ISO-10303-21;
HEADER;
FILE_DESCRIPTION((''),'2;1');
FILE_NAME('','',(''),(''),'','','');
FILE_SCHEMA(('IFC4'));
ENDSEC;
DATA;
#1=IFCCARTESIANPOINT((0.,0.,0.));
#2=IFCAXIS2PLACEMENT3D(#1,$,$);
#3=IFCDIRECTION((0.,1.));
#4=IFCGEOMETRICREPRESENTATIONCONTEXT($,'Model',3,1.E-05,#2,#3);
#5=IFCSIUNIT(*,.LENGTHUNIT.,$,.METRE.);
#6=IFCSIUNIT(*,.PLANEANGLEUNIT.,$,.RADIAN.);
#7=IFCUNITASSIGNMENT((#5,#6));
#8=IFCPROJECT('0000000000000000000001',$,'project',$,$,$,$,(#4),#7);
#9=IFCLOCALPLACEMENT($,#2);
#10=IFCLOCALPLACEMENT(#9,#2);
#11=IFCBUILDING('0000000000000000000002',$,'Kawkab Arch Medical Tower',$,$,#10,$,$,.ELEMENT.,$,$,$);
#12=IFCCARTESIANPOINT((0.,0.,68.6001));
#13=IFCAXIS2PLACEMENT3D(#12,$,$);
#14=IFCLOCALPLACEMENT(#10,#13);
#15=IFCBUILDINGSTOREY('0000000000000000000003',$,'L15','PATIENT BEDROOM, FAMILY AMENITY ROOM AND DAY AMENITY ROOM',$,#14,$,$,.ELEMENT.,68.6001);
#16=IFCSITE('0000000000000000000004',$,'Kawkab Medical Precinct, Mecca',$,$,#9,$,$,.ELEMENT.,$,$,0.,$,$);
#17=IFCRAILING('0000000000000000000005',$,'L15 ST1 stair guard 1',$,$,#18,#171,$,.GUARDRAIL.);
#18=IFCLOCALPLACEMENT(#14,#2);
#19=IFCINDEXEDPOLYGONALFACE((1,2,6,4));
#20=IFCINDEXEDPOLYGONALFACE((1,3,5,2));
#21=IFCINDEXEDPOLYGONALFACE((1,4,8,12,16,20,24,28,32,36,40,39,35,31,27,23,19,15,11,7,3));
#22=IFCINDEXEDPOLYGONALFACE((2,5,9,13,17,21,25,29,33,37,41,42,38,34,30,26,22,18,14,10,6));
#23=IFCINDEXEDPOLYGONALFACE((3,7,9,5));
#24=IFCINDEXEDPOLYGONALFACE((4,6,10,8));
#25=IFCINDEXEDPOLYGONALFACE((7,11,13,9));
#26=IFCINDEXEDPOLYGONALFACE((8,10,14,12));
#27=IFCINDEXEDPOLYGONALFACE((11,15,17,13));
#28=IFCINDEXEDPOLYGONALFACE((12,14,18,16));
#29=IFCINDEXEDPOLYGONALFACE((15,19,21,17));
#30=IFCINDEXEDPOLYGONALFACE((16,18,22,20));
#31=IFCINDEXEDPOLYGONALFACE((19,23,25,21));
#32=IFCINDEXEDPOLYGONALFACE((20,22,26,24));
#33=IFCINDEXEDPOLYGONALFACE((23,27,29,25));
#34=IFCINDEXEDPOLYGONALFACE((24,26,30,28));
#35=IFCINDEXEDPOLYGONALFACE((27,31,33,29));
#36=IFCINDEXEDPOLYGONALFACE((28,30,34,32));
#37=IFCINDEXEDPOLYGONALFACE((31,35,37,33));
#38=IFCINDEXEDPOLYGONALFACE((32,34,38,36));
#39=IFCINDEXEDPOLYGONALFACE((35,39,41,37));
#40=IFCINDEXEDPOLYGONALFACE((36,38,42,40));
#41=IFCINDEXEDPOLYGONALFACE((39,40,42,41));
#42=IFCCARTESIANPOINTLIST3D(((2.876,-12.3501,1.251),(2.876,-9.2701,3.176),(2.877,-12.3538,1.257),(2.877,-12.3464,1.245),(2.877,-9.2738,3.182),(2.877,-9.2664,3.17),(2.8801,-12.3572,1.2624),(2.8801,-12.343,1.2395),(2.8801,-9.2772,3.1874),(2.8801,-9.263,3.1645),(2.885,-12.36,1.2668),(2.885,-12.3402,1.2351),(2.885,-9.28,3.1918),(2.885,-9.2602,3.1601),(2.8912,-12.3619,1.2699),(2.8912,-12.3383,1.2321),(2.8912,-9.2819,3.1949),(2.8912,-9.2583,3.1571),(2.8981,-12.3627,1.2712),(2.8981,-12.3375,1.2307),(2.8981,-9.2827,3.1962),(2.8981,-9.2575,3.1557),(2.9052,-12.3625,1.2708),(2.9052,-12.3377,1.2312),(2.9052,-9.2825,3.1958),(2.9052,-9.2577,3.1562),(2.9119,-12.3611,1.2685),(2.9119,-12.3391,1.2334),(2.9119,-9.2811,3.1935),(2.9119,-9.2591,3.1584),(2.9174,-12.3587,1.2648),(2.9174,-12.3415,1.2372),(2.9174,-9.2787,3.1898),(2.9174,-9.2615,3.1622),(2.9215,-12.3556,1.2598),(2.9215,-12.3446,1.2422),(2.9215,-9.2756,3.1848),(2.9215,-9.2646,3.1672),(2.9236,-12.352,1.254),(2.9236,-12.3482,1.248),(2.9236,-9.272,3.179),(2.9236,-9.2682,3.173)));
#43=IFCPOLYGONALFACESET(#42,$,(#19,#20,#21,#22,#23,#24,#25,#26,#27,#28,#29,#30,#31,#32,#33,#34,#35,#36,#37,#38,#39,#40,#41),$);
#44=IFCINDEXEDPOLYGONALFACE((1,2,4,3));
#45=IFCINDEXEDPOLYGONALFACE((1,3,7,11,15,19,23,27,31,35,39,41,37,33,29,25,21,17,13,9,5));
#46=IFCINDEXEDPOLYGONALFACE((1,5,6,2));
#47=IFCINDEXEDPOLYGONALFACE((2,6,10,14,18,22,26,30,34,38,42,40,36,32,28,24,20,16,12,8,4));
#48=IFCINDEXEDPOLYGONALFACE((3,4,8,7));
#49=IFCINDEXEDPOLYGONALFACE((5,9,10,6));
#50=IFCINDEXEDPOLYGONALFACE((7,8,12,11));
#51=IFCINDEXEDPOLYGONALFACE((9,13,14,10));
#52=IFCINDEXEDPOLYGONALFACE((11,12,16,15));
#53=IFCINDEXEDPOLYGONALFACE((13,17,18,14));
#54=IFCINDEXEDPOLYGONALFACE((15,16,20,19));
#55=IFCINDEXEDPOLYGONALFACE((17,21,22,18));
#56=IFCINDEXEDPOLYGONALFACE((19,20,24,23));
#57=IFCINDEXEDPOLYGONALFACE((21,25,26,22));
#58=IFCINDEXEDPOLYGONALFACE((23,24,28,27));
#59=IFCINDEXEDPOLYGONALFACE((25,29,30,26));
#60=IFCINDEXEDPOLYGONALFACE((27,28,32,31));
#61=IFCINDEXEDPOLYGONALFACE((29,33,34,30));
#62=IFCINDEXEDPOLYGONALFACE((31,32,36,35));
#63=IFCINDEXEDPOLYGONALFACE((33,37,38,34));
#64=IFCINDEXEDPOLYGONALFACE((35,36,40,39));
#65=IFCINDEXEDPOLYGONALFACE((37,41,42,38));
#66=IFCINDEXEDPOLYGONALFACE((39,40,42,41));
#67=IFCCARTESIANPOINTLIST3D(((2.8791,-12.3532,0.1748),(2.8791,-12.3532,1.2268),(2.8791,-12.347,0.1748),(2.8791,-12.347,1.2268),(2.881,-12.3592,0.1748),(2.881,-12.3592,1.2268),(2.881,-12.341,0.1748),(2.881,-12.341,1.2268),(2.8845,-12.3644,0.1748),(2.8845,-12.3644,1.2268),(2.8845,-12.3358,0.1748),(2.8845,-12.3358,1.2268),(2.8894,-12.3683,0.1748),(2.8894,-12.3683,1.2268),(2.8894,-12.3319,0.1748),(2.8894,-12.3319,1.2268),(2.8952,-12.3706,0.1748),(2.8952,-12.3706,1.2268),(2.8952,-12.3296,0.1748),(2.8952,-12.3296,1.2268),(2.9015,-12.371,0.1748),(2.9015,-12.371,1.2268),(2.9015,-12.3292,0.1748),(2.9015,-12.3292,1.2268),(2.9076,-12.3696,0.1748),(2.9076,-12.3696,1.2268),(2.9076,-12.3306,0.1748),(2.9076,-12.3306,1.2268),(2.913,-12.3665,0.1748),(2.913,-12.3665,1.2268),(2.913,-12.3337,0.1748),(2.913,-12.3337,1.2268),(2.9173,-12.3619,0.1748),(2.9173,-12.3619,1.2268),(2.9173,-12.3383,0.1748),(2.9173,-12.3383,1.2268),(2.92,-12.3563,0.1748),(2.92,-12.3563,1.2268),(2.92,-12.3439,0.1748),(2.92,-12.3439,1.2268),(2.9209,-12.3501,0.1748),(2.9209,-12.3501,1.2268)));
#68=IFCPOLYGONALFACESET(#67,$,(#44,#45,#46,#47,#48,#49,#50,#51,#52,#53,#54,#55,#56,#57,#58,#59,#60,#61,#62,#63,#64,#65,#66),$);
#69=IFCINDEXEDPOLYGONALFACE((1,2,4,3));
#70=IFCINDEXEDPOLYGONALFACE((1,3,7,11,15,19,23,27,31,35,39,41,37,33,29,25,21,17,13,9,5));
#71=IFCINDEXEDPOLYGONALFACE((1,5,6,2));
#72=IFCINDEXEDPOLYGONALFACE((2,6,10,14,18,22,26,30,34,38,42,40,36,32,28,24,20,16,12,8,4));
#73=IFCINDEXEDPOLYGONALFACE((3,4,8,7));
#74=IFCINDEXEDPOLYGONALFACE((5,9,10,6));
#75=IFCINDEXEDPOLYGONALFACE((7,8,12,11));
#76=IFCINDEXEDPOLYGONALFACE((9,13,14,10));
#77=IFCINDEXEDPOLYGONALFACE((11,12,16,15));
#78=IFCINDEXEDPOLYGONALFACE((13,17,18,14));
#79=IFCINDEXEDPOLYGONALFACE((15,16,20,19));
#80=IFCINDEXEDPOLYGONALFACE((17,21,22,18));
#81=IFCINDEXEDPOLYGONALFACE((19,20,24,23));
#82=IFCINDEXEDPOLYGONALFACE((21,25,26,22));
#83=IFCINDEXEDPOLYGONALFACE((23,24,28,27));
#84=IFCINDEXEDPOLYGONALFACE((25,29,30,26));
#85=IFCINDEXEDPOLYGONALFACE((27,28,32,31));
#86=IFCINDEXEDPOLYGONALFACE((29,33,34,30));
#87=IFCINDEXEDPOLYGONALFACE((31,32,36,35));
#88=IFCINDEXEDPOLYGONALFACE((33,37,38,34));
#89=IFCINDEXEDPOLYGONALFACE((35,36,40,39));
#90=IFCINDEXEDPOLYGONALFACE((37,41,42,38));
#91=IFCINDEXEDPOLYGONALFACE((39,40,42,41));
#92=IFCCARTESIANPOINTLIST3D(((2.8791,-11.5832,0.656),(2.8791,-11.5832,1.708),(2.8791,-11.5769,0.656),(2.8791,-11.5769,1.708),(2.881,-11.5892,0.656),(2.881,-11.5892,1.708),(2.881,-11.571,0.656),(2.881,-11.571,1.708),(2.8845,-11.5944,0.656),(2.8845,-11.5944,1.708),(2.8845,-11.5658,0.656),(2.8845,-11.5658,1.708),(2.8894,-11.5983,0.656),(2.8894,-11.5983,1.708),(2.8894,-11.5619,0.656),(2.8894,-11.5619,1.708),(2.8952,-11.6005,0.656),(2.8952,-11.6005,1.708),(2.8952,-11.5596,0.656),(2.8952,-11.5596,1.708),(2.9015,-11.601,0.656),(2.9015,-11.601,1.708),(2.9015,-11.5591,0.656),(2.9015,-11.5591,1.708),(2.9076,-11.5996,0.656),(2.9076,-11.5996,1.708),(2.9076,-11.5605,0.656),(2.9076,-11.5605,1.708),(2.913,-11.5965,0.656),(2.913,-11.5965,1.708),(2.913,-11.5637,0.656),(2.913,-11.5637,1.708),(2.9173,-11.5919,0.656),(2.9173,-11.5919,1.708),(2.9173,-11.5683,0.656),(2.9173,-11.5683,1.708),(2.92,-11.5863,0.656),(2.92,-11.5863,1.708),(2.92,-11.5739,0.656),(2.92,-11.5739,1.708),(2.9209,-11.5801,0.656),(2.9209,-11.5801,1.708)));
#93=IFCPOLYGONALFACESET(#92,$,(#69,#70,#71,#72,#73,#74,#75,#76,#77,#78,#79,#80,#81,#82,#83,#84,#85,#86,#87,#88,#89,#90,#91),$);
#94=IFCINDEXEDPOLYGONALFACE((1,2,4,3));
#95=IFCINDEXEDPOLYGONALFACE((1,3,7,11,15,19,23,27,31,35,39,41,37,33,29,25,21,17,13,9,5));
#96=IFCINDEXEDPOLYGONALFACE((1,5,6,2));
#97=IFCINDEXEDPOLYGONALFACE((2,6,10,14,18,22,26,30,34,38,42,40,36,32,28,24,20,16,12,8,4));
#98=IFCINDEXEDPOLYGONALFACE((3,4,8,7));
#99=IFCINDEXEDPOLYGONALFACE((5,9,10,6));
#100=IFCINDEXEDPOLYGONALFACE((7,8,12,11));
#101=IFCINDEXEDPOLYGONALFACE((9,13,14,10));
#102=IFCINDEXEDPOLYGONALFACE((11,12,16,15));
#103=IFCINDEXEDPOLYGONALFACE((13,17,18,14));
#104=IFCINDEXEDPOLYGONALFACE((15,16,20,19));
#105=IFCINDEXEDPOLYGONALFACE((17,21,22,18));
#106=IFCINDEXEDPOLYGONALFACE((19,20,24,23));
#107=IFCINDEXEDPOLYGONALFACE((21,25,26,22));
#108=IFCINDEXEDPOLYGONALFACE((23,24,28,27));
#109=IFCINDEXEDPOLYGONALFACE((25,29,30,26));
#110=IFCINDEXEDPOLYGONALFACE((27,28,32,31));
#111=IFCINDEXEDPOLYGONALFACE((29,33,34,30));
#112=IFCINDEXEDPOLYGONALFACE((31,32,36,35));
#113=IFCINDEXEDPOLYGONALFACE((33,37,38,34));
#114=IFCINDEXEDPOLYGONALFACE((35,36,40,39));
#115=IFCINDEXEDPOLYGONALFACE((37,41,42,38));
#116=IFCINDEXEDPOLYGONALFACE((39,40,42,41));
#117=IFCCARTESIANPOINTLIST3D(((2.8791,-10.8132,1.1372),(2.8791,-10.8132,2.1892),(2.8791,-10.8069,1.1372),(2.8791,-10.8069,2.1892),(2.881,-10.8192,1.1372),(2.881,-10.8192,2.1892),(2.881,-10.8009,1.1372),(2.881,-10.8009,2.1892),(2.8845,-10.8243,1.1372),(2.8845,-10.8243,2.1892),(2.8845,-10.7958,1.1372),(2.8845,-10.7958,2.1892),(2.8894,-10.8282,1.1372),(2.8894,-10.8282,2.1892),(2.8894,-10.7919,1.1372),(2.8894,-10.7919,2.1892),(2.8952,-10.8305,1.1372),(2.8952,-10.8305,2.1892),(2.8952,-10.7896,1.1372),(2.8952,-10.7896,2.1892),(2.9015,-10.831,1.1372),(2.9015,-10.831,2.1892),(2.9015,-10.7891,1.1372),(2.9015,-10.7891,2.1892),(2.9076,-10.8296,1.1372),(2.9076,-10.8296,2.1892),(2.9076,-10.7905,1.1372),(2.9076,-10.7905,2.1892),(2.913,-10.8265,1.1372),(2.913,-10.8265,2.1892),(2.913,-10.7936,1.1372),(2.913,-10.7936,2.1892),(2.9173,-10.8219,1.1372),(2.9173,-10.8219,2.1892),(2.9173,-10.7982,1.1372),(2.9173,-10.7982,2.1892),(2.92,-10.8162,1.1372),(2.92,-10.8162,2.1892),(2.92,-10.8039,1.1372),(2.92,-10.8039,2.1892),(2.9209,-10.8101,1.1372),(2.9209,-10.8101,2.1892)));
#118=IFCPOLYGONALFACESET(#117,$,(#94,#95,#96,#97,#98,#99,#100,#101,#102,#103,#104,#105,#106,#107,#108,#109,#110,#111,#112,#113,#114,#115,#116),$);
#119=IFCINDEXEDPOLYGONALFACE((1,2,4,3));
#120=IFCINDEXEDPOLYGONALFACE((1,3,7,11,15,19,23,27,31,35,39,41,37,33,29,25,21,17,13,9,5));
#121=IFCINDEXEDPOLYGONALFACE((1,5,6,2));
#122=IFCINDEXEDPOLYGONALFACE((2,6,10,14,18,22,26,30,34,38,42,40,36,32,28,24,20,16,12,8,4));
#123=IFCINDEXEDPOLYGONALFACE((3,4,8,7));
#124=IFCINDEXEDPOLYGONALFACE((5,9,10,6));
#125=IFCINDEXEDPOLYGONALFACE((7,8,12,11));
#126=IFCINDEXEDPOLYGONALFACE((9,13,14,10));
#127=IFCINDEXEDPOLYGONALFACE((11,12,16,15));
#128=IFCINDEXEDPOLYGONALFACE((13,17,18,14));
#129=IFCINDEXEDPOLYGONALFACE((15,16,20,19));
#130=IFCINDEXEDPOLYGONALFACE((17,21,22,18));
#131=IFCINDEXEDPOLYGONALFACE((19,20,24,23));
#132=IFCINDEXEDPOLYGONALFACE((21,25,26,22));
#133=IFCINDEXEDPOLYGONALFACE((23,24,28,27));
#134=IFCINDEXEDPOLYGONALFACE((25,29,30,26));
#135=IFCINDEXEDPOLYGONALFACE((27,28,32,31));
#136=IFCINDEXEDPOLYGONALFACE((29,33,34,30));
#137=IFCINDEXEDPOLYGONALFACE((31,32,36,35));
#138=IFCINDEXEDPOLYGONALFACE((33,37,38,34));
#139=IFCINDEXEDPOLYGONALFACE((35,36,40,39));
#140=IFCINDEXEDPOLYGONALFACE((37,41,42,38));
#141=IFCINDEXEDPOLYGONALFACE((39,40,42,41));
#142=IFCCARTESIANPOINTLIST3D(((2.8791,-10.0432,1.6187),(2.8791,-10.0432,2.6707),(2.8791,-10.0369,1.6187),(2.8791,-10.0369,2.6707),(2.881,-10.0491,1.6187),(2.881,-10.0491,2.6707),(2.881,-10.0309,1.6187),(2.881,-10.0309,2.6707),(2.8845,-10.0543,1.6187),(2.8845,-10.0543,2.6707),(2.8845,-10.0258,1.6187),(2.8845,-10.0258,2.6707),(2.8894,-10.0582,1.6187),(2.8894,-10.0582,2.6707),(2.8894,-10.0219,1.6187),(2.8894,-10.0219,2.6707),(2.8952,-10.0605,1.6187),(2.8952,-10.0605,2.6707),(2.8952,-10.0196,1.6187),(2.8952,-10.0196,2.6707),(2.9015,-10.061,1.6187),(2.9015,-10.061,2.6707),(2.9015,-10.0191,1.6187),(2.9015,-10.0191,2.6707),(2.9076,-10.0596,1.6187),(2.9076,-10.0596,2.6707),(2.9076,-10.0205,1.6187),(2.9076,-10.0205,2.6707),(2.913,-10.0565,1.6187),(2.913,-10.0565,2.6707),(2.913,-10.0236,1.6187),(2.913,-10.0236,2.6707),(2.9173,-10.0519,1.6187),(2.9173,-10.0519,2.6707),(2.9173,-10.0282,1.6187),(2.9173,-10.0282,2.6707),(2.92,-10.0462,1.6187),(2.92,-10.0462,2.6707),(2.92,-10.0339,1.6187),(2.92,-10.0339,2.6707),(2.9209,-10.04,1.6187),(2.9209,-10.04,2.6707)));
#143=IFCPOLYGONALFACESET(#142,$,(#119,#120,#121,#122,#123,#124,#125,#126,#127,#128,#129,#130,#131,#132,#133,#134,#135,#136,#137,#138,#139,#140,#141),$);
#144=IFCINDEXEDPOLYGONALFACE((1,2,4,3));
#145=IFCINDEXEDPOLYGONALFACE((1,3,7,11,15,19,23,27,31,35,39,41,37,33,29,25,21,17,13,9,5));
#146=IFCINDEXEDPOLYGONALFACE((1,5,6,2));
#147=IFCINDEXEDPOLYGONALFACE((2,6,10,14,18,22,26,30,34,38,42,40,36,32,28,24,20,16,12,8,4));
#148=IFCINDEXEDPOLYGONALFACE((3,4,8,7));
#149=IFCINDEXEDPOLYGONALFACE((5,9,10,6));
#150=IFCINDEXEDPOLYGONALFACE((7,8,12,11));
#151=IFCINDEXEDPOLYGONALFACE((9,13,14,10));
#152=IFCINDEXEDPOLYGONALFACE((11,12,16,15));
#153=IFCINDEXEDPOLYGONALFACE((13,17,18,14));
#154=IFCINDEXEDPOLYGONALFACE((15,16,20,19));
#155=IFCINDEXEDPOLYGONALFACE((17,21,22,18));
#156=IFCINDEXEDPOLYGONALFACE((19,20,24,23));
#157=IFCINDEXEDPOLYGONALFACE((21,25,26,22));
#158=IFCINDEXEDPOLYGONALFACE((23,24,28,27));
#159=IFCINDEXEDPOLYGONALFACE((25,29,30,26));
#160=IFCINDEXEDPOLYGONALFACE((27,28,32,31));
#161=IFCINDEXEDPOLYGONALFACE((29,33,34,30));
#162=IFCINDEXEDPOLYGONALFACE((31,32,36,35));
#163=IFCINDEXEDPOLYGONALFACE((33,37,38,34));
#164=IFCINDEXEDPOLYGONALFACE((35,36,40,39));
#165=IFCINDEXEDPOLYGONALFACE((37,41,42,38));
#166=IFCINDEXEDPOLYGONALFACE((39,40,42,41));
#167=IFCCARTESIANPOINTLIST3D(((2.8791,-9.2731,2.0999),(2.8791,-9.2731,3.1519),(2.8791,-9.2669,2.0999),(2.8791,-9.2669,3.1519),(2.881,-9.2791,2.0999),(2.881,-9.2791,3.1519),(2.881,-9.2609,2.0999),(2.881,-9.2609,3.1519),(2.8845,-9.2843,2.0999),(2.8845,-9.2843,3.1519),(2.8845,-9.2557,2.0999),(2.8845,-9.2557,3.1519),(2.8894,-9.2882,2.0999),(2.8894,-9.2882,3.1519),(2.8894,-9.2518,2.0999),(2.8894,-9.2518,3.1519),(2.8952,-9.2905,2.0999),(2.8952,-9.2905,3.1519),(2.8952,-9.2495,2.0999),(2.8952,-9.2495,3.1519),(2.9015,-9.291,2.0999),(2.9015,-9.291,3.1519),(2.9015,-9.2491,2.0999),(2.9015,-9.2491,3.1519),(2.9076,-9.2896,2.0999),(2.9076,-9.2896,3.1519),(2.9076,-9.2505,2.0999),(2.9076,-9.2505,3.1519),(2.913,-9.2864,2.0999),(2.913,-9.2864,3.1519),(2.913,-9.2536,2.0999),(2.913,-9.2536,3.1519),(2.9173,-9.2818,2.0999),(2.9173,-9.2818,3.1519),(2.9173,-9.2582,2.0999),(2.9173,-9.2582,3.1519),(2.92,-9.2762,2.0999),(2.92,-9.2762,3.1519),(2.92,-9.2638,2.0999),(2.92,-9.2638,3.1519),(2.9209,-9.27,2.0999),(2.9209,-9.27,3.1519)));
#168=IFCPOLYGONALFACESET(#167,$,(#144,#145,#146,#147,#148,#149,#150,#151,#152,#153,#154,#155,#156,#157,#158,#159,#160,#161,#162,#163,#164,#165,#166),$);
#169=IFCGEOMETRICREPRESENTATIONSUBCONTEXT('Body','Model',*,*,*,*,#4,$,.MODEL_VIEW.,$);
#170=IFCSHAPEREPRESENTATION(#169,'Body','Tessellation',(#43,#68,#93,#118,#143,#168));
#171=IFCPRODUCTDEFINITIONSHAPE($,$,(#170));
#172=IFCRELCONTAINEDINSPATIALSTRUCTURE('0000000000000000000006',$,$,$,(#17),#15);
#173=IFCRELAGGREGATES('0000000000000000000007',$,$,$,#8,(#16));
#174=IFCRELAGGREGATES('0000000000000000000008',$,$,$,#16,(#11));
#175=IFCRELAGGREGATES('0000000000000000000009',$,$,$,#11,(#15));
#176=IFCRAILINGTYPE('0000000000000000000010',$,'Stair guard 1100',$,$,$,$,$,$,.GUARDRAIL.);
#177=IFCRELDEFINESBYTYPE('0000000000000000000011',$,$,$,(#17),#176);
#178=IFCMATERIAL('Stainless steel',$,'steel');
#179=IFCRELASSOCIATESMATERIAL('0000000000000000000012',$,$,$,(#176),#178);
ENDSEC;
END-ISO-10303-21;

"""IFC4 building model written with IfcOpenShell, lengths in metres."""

from ifc_helpers import new_model, si_unit, direction, frame, origin, origin_2d, place, context, subcontext, project, spatial, circle, extrude, material, type_object, element, save


model = new_model("IFC4")

# Units and contexts
model_context = context("Model", 3, precision=1e-05, world=origin(), true_north=direction((0.0, 1.0)))
body_context = subcontext(model_context, "Body", "Model", "MODEL_VIEW")
ifc_project = project(units=[si_unit("LENGTHUNIT", "METRE"), si_unit("PLANEANGLEUNIT", "RADIAN")], contexts=[model_context])

# Site, building, storey
site_placement = place(None, origin())
site = spatial("IfcSite", under=ifc_project, at=site_placement, Name="Kawkab Medical Precinct, Mecca", CompositionType="ELEMENT", RefElevation=0.0)
building_placement = place(site_placement, origin())
building = spatial("IfcBuilding", under=site, at=building_placement, Name="Kawkab Arch Medical Tower", CompositionType="ELEMENT")
storey_placement = place(building_placement, frame((0.0, 0.0, 68.6001)))
storey = spatial("IfcBuildingStorey", under=building, at=storey_placement, Name="L15", Description="PATIENT BEDROOM, FAMILY AMENITY ROOM AND DAY AMENITY ROOM", CompositionType="ELEMENT", Elevation=68.6001)

# Railing
ifc_material_1 = material(Name="Stainless steel", Category="steel")
railing_type = type_object("IfcRailingType", Name="Stair guard 1100", PredefinedType="GUARDRAIL", material=ifc_material_1)
railing_placement = place(storey_placement, frame((2.8999, -12.3501, 0.1748)))
element("IfcRailing", 1, at=railing_placement, inside=storey, type_object=railing_type, Name="L15 ST1 stair guard 1", PredefinedType="GUARDRAIL", context=body_context, shape_type="SweptSolid", body=[
    extrude(circle(Radius=0.0239, at=origin_2d()), frame((0.0, 0.0, 1.0762), z_axis=(0.0, 0.847998, 0.529999), x_axis=(-1.0, 0.0, 0.0)), (0.0, 0.0, 1.0), 3.6321),
    extrude(circle(Radius=0.021, at=origin_2d()), origin(), (0.0, 0.0, 1.0), 1.052),
    extrude(circle(Radius=0.021, at=origin_2d()), frame((0.0, 0.77, 0.4812)), (0.0, 0.0, 1.0), 1.052),
    extrude(circle(Radius=0.021, at=origin_2d()), frame((0.0, 1.54, 0.9624)), (0.0, 0.0, 1.0), 1.052),
    extrude(circle(Radius=0.021, at=origin_2d()), frame((0.0, 2.3101, 1.4438)), (0.0, 0.0, 1.0), 1.052),
    extrude(circle(Radius=0.021, at=origin_2d()), frame((0.0, 3.0801, 1.925)), (0.0, 0.0, 1.0), 1.052),
])

save(model, "model.ifc")
